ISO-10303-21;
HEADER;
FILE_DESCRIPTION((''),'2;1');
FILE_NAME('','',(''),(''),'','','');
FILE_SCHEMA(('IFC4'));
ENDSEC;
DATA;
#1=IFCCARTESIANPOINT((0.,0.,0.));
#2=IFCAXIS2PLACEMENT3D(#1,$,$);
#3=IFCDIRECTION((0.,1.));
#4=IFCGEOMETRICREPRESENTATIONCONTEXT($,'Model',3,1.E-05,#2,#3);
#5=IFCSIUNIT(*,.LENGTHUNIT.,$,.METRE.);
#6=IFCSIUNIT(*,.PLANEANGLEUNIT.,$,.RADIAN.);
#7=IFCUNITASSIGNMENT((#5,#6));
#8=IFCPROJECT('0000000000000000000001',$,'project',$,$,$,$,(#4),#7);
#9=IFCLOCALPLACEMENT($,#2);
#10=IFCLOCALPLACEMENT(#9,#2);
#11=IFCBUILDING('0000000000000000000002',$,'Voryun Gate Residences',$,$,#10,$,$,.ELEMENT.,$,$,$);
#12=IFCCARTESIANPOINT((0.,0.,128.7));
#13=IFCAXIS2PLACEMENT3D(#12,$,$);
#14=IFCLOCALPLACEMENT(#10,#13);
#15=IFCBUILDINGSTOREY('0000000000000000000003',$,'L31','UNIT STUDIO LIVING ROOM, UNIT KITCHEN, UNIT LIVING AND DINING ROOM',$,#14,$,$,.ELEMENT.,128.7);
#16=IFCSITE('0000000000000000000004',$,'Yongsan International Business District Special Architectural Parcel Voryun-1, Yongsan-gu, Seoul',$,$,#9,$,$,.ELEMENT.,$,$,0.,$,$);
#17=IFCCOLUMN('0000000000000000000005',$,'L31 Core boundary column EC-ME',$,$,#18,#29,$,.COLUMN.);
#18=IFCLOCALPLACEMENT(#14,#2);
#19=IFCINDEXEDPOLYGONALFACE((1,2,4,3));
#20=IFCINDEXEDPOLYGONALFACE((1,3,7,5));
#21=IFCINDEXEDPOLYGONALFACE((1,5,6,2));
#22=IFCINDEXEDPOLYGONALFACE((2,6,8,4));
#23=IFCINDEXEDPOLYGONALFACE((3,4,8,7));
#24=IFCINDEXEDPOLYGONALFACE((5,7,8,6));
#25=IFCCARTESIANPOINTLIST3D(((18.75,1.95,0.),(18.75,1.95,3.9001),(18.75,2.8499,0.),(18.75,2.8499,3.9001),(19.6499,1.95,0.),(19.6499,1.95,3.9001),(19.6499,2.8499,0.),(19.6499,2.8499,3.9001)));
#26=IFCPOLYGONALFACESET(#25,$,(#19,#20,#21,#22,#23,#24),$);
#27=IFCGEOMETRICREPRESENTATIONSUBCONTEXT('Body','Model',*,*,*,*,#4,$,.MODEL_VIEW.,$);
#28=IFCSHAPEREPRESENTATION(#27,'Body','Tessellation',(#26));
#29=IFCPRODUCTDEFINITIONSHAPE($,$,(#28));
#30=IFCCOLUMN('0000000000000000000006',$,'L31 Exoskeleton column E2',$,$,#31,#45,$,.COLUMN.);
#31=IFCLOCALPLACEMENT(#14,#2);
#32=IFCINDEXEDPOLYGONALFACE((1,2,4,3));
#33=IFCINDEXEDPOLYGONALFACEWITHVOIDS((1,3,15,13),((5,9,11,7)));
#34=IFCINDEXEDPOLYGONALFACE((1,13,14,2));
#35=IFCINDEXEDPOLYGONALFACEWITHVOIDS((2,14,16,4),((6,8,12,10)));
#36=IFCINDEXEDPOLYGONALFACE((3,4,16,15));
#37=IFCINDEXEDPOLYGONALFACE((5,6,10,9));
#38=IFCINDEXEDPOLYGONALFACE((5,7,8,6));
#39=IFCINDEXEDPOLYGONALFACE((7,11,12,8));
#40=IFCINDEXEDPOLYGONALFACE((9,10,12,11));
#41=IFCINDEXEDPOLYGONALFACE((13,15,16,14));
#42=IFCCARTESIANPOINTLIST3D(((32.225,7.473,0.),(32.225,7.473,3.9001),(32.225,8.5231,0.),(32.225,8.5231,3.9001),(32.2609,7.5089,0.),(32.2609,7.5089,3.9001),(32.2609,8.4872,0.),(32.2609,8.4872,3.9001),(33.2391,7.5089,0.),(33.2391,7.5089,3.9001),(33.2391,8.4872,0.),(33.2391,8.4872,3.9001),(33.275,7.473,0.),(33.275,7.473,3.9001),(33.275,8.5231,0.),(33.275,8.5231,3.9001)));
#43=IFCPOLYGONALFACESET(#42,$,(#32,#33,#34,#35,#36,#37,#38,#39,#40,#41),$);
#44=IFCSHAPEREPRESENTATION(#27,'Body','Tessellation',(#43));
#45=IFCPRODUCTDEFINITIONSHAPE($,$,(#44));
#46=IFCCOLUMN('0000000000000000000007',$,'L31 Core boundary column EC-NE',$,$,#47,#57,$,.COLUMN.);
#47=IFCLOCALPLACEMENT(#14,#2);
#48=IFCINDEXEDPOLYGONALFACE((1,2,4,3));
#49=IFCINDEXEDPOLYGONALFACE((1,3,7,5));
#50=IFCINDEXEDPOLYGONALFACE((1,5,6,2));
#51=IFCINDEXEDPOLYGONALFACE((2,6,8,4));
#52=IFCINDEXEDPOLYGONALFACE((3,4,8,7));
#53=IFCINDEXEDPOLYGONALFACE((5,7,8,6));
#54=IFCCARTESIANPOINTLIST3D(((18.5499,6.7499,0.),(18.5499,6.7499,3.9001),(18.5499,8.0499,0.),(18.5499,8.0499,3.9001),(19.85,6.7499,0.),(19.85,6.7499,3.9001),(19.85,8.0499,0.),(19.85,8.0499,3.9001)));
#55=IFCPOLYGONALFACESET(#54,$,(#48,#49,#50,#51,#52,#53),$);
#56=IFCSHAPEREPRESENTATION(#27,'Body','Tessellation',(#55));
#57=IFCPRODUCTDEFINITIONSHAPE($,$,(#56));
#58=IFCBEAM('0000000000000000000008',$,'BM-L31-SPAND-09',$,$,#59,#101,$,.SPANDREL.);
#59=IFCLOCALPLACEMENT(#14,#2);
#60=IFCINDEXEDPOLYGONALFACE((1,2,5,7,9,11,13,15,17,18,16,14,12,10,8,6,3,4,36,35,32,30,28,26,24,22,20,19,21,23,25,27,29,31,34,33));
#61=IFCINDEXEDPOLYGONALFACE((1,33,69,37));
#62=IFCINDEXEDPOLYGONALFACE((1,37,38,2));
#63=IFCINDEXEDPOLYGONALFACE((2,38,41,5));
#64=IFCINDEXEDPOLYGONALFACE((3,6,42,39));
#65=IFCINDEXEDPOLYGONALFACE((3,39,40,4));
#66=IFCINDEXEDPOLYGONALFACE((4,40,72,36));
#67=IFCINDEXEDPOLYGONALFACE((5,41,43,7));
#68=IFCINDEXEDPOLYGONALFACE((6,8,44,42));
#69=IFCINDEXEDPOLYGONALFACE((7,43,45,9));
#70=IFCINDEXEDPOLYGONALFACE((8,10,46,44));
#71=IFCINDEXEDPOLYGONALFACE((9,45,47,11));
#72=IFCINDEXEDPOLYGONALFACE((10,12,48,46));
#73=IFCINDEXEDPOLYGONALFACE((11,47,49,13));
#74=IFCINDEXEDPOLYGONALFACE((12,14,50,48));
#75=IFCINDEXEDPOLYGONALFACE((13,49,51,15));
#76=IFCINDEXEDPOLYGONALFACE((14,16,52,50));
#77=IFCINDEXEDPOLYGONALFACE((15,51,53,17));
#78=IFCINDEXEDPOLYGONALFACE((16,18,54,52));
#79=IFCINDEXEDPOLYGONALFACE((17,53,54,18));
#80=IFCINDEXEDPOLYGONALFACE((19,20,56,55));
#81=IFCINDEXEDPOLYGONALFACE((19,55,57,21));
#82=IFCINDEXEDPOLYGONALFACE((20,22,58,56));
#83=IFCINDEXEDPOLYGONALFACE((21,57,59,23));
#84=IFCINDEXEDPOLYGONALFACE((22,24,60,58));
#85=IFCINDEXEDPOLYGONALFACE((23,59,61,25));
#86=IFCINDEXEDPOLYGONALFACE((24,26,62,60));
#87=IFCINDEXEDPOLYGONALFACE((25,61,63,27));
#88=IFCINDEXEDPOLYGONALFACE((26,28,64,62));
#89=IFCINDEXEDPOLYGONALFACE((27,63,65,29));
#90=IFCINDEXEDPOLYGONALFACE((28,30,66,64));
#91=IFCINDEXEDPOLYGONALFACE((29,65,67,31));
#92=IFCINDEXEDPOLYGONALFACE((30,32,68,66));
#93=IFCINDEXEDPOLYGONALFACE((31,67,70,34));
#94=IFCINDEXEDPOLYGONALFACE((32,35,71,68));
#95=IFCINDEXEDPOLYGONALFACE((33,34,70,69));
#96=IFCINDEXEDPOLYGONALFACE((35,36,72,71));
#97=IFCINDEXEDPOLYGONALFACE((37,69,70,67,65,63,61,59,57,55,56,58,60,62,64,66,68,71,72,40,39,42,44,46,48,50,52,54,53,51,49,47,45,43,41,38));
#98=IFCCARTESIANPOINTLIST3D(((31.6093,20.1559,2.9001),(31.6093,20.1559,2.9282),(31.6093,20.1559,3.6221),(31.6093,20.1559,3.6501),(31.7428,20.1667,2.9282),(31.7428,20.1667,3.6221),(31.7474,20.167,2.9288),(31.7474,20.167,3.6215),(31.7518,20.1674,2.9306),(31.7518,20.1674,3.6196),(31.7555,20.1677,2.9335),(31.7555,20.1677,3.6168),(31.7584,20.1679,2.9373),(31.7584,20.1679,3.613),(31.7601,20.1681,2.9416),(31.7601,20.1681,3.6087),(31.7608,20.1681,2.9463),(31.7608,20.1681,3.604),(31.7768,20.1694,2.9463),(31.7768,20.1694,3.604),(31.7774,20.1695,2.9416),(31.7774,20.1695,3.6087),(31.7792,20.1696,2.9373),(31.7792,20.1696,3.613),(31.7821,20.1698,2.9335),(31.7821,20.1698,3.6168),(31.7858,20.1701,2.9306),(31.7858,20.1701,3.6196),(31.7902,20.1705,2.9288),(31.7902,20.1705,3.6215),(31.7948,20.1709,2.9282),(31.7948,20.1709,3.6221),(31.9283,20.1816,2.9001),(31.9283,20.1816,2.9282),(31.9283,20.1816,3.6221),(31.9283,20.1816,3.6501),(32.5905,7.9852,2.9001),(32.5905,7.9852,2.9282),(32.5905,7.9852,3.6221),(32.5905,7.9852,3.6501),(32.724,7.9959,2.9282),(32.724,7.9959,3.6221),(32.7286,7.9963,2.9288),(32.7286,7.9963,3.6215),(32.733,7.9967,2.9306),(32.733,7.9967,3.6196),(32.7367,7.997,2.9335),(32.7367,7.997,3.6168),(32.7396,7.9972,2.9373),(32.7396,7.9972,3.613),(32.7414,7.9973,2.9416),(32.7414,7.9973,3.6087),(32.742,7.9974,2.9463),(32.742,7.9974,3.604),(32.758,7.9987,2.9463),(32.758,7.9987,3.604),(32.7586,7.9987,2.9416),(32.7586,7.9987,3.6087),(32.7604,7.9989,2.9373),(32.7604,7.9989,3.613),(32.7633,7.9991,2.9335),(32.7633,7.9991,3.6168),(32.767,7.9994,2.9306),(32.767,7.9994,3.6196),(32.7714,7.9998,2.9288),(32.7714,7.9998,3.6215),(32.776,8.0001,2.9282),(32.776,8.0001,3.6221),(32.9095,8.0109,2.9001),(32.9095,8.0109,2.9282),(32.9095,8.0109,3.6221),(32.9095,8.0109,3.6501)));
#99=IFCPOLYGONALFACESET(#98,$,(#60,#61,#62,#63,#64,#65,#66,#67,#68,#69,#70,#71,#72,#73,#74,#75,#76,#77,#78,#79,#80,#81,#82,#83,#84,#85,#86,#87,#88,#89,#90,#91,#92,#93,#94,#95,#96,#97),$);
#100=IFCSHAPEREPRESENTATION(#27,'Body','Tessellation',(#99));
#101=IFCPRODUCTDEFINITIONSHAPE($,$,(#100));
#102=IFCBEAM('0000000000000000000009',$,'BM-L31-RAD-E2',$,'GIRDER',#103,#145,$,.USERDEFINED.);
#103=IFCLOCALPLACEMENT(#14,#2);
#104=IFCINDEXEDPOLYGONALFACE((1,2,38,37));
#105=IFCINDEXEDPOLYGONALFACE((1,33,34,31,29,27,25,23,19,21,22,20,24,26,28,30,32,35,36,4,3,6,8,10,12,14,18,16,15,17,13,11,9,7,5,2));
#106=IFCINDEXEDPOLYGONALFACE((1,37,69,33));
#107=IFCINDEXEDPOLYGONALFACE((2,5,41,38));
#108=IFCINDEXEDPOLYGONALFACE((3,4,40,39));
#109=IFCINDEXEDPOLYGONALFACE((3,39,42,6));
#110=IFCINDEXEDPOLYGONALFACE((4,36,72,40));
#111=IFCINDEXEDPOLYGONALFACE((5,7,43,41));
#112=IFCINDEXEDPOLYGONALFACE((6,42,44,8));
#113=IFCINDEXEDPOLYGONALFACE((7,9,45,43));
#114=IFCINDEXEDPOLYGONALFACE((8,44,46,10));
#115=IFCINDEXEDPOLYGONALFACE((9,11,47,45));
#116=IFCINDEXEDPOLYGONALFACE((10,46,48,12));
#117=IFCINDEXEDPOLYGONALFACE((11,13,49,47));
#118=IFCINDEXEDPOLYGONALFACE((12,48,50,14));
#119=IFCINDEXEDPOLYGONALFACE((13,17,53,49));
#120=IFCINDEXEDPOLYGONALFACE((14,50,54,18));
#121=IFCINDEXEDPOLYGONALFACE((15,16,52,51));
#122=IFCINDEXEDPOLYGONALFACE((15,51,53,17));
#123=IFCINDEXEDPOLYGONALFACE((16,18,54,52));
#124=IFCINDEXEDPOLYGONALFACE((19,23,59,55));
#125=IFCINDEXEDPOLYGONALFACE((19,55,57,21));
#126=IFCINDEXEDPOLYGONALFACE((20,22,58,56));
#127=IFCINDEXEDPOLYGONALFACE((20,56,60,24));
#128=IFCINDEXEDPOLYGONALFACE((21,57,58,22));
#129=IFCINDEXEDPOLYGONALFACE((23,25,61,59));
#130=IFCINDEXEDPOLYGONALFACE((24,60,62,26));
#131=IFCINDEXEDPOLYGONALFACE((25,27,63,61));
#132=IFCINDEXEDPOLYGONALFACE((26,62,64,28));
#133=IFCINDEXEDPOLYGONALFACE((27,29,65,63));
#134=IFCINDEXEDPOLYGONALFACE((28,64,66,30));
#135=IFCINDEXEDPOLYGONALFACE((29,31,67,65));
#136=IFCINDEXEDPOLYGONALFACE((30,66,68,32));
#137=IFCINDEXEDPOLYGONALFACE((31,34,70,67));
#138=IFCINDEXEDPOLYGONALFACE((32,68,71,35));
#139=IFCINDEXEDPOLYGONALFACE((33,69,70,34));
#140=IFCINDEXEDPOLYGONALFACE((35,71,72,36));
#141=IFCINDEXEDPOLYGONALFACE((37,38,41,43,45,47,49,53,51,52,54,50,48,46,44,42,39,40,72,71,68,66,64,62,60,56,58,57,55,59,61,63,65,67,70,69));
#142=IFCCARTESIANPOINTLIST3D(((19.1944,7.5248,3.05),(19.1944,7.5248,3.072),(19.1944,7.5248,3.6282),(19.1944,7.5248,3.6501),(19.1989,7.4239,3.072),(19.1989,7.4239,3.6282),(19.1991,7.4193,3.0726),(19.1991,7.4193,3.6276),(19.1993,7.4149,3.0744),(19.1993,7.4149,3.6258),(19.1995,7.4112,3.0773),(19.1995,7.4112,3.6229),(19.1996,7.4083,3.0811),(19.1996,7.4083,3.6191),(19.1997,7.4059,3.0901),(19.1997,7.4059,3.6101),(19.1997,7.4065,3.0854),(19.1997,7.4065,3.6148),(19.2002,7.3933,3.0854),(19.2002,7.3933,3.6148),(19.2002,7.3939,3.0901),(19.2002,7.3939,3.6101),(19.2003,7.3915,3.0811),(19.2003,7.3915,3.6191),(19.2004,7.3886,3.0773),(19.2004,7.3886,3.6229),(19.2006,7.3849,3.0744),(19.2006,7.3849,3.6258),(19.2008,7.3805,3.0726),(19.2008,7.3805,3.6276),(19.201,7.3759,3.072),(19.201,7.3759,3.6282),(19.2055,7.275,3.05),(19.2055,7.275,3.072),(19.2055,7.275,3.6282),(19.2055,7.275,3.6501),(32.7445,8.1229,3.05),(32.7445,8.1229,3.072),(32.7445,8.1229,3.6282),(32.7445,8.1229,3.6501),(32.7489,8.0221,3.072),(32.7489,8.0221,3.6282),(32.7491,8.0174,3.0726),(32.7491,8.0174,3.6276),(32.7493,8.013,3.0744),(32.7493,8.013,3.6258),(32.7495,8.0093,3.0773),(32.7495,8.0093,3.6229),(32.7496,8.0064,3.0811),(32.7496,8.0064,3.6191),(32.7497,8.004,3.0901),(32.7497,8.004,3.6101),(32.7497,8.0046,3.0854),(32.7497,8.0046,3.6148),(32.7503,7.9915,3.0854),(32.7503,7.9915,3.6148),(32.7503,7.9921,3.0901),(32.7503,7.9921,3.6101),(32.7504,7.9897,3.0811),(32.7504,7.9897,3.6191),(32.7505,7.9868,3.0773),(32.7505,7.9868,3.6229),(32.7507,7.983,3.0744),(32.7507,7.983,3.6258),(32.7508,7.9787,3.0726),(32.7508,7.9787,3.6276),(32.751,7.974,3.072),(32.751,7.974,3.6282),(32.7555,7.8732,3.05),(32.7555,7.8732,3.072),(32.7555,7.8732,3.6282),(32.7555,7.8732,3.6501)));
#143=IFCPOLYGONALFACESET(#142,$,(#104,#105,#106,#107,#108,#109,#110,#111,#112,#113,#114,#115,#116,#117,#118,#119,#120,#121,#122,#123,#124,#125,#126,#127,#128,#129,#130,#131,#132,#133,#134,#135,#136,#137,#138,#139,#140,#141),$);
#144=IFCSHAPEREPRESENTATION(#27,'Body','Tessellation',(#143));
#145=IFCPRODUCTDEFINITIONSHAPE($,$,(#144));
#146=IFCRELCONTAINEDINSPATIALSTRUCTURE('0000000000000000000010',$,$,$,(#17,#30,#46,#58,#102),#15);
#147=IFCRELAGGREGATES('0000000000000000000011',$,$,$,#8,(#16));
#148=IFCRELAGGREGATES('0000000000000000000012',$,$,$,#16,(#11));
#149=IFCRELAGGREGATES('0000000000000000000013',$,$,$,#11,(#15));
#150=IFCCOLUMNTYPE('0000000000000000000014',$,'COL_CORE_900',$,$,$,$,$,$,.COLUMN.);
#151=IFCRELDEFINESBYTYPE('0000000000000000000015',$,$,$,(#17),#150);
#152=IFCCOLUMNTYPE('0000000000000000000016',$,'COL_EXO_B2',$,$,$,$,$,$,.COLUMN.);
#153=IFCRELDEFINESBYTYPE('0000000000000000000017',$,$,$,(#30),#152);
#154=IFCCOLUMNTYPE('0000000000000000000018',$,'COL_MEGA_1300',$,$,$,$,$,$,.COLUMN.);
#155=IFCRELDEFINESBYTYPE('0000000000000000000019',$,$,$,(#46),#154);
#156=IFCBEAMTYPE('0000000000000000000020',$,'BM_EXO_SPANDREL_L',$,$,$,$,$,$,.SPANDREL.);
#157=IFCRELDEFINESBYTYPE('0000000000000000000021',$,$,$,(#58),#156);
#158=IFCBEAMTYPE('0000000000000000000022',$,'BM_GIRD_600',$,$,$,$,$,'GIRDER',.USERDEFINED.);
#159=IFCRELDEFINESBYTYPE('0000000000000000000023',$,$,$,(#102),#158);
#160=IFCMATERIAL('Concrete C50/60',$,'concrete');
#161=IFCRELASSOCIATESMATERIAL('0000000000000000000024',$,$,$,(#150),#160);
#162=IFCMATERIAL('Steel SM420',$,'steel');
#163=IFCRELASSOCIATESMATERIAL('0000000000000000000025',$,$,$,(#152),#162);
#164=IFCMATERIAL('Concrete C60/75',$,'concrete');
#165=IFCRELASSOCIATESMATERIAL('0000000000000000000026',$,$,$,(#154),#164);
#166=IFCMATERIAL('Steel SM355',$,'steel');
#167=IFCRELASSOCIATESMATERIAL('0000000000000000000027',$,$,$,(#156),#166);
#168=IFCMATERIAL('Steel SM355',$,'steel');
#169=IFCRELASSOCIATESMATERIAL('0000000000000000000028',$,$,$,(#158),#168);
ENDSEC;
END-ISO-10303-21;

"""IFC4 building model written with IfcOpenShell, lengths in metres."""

from ifc_helpers import new_model, si_unit, direction, frame, origin, origin_2d, place, context, subcontext, project, spatial, rectangle, hollow_rectangle, i_section, extrude, material, material_profile, profile_set, type_object, element, save


model = new_model("IFC4")

# Units and contexts
model_context = context("Model", 3, precision=1e-05, world=origin(), true_north=direction((0.0, 1.0)))
body_context = subcontext(model_context, "Body", "Model", "MODEL_VIEW")
ifc_project = project(units=[si_unit("LENGTHUNIT", "METRE"), si_unit("PLANEANGLEUNIT", "RADIAN")], contexts=[model_context])

# Site, building, storey
site_placement = place(None, origin())
site = spatial("IfcSite", under=ifc_project, at=site_placement, Name="Yongsan International Business District Special Architectural Parcel Voryun-1, Yongsan-gu, Seoul", CompositionType="ELEMENT", RefElevation=0.0)
building_placement = place(site_placement, origin())
building = spatial("IfcBuilding", under=site, at=building_placement, Name="Voryun Gate Residences", CompositionType="ELEMENT")
storey_placement = place(building_placement, frame((0.0, 0.0, 128.7)))
storey = spatial("IfcBuildingStorey", under=building, at=storey_placement, Name="L31", Description="UNIT STUDIO LIVING ROOM, UNIT KITCHEN, UNIT LIVING AND DINING ROOM", CompositionType="ELEMENT", Elevation=128.7)

# Columns
ifc_material_1 = material(Name="Concrete C50/60", Category="concrete")
ifc_material_profile_1 = material_profile(ifc_material_1, rectangle(XDim=0.8999, YDim=0.8999, at=origin_2d()), Name="RC-900x900")
ifc_profile_set_1 = profile_set([ifc_material_profile_1], Name="Concrete C50/60")
column_type_1 = type_object("IfcColumnType", Name="COL_CORE_900", PredefinedType="COLUMN", material=ifc_profile_set_1)
column_1_placement = place(storey_placement, frame((19.2, 2.3999, 0.0), z_axis=(0.0, 0.0, 1.0), x_axis=(1.0, 0.0, 0.0)))
element("IfcColumn", 1, at=column_1_placement, inside=storey, type_object=column_type_1, Name="L31 Core boundary column EC-ME", PredefinedType="COLUMN", context=body_context, shape_type="SweptSolid", body=[
    extrude(rectangle(XDim=0.8999, YDim=0.8999, at=origin_2d()), origin(), (0.0, 0.0, 1.0), 3.9001),
])
ifc_material_2 = material(Name="Steel SM420", Category="steel")
ifc_material_profile_2 = material_profile(ifc_material_2, hollow_rectangle(XDim=1.05, YDim=1.05, WallThickness=0.0359, at=origin_2d()), Name="BOX-1050x1050x36")
ifc_profile_set_2 = profile_set([ifc_material_profile_2], Name="Steel SM420")
column_type_2 = type_object("IfcColumnType", Name="COL_EXO_B2", PredefinedType="COLUMN", material=ifc_profile_set_2)
column_2_placement = place(storey_placement, frame((32.75, 7.998, 0.0), z_axis=(0.0, 0.0, 1.0), x_axis=(1.0, 0.0, 0.0)))
element("IfcColumn", 2, at=column_2_placement, inside=storey, type_object=column_type_2, Name="L31 Exoskeleton column E2", PredefinedType="COLUMN", context=body_context, shape_type="SweptSolid", body=[
    extrude(hollow_rectangle(XDim=1.05, YDim=1.05, WallThickness=0.0359, at=origin_2d()), origin(), (0.0, 0.0, 1.0), 3.9001),
])
ifc_material_3 = material(Name="Concrete C60/75", Category="concrete")
ifc_material_profile_3 = material_profile(ifc_material_3, rectangle(XDim=1.3, YDim=1.3, at=origin_2d()), Name="RC-1300x1300")
ifc_profile_set_3 = profile_set([ifc_material_profile_3], Name="Concrete C60/75")
column_type_3 = type_object("IfcColumnType", Name="COL_MEGA_1300", PredefinedType="COLUMN", material=ifc_profile_set_3)
column_3_placement = place(storey_placement, frame((19.2, 7.3999, 0.0), z_axis=(0.0, 0.0, 1.0), x_axis=(1.0, 0.0, 0.0)))
element("IfcColumn", 3, at=column_3_placement, inside=storey, type_object=column_type_3, Name="L31 Core boundary column EC-NE", PredefinedType="COLUMN", context=body_context, shape_type="SweptSolid", body=[
    extrude(rectangle(XDim=1.3, YDim=1.3, at=origin_2d()), origin(), (0.0, 0.0, 1.0), 3.9001),
])

# Beams
ifc_material_4 = material(Name="Steel SM355", Category="steel")
ifc_material_profile_4 = material_profile(ifc_material_4, i_section(OverallWidth=0.3201, OverallDepth=0.75, WebThickness=0.0161, FlangeThickness=0.0281, FilletRadius=0.0181, at=origin_2d()), Name="H-750x320x16x28")
ifc_profile_set_4 = profile_set([ifc_material_profile_4], Name="Steel SM355")
beam_type_1 = type_object("IfcBeamType", Name="BM_EXO_SPANDREL_L", PredefinedType="SPANDREL", material=ifc_profile_set_4)
beam_1_placement = place(storey_placement, frame((32.75, 7.998, 3.2751), z_axis=(-0.08036, 0.996766, 0.0), x_axis=(-0.996766, -0.08036, 0.0)))
element("IfcBeam", 4, at=beam_1_placement, inside=storey, type_object=beam_type_1, Name="BM-L31-SPAND-09", PredefinedType="SPANDREL", context=body_context, shape_type="SweptSolid", body=[
    extrude(i_section(OverallWidth=0.3201, OverallDepth=0.75, WebThickness=0.0161, FlangeThickness=0.0281, FilletRadius=0.0181, at=origin_2d()), origin(), (0.0, 0.0, 1.0), 12.2102),
])
ifc_material_5 = material(Name="Steel SM355", Category="steel")
ifc_material_profile_5 = material_profile(ifc_material_5, i_section(OverallWidth=0.25, OverallDepth=0.6001, WebThickness=0.012, FlangeThickness=0.022, FilletRadius=0.0181, at=origin_2d()), Name="H-600x250x12x22")
ifc_profile_set_5 = profile_set([ifc_material_profile_5], Name="Steel SM355")
beam_type_2 = type_object("IfcBeamType", Name="BM_GIRD_600", ElementType="GIRDER", PredefinedType="USERDEFINED", material=ifc_profile_set_5)
beam_2_placement = place(storey_placement, frame((19.2, 7.3999, 3.3501), z_axis=(0.999027, 0.0441, 0.0), x_axis=(-0.0441, 0.999027, 0.0)))
element("IfcBeam", 5, at=beam_2_placement, inside=storey, type_object=beam_type_2, Name="BM-L31-RAD-E2", ObjectType="GIRDER", PredefinedType="USERDEFINED", context=body_context, shape_type="SweptSolid", body=[
    extrude(i_section(OverallWidth=0.25, OverallDepth=0.6001, WebThickness=0.012, FlangeThickness=0.022, FilletRadius=0.0181, at=origin_2d()), origin(), (0.0, 0.0, 1.0), 13.5632),
])

save(model, "model.ifc")
